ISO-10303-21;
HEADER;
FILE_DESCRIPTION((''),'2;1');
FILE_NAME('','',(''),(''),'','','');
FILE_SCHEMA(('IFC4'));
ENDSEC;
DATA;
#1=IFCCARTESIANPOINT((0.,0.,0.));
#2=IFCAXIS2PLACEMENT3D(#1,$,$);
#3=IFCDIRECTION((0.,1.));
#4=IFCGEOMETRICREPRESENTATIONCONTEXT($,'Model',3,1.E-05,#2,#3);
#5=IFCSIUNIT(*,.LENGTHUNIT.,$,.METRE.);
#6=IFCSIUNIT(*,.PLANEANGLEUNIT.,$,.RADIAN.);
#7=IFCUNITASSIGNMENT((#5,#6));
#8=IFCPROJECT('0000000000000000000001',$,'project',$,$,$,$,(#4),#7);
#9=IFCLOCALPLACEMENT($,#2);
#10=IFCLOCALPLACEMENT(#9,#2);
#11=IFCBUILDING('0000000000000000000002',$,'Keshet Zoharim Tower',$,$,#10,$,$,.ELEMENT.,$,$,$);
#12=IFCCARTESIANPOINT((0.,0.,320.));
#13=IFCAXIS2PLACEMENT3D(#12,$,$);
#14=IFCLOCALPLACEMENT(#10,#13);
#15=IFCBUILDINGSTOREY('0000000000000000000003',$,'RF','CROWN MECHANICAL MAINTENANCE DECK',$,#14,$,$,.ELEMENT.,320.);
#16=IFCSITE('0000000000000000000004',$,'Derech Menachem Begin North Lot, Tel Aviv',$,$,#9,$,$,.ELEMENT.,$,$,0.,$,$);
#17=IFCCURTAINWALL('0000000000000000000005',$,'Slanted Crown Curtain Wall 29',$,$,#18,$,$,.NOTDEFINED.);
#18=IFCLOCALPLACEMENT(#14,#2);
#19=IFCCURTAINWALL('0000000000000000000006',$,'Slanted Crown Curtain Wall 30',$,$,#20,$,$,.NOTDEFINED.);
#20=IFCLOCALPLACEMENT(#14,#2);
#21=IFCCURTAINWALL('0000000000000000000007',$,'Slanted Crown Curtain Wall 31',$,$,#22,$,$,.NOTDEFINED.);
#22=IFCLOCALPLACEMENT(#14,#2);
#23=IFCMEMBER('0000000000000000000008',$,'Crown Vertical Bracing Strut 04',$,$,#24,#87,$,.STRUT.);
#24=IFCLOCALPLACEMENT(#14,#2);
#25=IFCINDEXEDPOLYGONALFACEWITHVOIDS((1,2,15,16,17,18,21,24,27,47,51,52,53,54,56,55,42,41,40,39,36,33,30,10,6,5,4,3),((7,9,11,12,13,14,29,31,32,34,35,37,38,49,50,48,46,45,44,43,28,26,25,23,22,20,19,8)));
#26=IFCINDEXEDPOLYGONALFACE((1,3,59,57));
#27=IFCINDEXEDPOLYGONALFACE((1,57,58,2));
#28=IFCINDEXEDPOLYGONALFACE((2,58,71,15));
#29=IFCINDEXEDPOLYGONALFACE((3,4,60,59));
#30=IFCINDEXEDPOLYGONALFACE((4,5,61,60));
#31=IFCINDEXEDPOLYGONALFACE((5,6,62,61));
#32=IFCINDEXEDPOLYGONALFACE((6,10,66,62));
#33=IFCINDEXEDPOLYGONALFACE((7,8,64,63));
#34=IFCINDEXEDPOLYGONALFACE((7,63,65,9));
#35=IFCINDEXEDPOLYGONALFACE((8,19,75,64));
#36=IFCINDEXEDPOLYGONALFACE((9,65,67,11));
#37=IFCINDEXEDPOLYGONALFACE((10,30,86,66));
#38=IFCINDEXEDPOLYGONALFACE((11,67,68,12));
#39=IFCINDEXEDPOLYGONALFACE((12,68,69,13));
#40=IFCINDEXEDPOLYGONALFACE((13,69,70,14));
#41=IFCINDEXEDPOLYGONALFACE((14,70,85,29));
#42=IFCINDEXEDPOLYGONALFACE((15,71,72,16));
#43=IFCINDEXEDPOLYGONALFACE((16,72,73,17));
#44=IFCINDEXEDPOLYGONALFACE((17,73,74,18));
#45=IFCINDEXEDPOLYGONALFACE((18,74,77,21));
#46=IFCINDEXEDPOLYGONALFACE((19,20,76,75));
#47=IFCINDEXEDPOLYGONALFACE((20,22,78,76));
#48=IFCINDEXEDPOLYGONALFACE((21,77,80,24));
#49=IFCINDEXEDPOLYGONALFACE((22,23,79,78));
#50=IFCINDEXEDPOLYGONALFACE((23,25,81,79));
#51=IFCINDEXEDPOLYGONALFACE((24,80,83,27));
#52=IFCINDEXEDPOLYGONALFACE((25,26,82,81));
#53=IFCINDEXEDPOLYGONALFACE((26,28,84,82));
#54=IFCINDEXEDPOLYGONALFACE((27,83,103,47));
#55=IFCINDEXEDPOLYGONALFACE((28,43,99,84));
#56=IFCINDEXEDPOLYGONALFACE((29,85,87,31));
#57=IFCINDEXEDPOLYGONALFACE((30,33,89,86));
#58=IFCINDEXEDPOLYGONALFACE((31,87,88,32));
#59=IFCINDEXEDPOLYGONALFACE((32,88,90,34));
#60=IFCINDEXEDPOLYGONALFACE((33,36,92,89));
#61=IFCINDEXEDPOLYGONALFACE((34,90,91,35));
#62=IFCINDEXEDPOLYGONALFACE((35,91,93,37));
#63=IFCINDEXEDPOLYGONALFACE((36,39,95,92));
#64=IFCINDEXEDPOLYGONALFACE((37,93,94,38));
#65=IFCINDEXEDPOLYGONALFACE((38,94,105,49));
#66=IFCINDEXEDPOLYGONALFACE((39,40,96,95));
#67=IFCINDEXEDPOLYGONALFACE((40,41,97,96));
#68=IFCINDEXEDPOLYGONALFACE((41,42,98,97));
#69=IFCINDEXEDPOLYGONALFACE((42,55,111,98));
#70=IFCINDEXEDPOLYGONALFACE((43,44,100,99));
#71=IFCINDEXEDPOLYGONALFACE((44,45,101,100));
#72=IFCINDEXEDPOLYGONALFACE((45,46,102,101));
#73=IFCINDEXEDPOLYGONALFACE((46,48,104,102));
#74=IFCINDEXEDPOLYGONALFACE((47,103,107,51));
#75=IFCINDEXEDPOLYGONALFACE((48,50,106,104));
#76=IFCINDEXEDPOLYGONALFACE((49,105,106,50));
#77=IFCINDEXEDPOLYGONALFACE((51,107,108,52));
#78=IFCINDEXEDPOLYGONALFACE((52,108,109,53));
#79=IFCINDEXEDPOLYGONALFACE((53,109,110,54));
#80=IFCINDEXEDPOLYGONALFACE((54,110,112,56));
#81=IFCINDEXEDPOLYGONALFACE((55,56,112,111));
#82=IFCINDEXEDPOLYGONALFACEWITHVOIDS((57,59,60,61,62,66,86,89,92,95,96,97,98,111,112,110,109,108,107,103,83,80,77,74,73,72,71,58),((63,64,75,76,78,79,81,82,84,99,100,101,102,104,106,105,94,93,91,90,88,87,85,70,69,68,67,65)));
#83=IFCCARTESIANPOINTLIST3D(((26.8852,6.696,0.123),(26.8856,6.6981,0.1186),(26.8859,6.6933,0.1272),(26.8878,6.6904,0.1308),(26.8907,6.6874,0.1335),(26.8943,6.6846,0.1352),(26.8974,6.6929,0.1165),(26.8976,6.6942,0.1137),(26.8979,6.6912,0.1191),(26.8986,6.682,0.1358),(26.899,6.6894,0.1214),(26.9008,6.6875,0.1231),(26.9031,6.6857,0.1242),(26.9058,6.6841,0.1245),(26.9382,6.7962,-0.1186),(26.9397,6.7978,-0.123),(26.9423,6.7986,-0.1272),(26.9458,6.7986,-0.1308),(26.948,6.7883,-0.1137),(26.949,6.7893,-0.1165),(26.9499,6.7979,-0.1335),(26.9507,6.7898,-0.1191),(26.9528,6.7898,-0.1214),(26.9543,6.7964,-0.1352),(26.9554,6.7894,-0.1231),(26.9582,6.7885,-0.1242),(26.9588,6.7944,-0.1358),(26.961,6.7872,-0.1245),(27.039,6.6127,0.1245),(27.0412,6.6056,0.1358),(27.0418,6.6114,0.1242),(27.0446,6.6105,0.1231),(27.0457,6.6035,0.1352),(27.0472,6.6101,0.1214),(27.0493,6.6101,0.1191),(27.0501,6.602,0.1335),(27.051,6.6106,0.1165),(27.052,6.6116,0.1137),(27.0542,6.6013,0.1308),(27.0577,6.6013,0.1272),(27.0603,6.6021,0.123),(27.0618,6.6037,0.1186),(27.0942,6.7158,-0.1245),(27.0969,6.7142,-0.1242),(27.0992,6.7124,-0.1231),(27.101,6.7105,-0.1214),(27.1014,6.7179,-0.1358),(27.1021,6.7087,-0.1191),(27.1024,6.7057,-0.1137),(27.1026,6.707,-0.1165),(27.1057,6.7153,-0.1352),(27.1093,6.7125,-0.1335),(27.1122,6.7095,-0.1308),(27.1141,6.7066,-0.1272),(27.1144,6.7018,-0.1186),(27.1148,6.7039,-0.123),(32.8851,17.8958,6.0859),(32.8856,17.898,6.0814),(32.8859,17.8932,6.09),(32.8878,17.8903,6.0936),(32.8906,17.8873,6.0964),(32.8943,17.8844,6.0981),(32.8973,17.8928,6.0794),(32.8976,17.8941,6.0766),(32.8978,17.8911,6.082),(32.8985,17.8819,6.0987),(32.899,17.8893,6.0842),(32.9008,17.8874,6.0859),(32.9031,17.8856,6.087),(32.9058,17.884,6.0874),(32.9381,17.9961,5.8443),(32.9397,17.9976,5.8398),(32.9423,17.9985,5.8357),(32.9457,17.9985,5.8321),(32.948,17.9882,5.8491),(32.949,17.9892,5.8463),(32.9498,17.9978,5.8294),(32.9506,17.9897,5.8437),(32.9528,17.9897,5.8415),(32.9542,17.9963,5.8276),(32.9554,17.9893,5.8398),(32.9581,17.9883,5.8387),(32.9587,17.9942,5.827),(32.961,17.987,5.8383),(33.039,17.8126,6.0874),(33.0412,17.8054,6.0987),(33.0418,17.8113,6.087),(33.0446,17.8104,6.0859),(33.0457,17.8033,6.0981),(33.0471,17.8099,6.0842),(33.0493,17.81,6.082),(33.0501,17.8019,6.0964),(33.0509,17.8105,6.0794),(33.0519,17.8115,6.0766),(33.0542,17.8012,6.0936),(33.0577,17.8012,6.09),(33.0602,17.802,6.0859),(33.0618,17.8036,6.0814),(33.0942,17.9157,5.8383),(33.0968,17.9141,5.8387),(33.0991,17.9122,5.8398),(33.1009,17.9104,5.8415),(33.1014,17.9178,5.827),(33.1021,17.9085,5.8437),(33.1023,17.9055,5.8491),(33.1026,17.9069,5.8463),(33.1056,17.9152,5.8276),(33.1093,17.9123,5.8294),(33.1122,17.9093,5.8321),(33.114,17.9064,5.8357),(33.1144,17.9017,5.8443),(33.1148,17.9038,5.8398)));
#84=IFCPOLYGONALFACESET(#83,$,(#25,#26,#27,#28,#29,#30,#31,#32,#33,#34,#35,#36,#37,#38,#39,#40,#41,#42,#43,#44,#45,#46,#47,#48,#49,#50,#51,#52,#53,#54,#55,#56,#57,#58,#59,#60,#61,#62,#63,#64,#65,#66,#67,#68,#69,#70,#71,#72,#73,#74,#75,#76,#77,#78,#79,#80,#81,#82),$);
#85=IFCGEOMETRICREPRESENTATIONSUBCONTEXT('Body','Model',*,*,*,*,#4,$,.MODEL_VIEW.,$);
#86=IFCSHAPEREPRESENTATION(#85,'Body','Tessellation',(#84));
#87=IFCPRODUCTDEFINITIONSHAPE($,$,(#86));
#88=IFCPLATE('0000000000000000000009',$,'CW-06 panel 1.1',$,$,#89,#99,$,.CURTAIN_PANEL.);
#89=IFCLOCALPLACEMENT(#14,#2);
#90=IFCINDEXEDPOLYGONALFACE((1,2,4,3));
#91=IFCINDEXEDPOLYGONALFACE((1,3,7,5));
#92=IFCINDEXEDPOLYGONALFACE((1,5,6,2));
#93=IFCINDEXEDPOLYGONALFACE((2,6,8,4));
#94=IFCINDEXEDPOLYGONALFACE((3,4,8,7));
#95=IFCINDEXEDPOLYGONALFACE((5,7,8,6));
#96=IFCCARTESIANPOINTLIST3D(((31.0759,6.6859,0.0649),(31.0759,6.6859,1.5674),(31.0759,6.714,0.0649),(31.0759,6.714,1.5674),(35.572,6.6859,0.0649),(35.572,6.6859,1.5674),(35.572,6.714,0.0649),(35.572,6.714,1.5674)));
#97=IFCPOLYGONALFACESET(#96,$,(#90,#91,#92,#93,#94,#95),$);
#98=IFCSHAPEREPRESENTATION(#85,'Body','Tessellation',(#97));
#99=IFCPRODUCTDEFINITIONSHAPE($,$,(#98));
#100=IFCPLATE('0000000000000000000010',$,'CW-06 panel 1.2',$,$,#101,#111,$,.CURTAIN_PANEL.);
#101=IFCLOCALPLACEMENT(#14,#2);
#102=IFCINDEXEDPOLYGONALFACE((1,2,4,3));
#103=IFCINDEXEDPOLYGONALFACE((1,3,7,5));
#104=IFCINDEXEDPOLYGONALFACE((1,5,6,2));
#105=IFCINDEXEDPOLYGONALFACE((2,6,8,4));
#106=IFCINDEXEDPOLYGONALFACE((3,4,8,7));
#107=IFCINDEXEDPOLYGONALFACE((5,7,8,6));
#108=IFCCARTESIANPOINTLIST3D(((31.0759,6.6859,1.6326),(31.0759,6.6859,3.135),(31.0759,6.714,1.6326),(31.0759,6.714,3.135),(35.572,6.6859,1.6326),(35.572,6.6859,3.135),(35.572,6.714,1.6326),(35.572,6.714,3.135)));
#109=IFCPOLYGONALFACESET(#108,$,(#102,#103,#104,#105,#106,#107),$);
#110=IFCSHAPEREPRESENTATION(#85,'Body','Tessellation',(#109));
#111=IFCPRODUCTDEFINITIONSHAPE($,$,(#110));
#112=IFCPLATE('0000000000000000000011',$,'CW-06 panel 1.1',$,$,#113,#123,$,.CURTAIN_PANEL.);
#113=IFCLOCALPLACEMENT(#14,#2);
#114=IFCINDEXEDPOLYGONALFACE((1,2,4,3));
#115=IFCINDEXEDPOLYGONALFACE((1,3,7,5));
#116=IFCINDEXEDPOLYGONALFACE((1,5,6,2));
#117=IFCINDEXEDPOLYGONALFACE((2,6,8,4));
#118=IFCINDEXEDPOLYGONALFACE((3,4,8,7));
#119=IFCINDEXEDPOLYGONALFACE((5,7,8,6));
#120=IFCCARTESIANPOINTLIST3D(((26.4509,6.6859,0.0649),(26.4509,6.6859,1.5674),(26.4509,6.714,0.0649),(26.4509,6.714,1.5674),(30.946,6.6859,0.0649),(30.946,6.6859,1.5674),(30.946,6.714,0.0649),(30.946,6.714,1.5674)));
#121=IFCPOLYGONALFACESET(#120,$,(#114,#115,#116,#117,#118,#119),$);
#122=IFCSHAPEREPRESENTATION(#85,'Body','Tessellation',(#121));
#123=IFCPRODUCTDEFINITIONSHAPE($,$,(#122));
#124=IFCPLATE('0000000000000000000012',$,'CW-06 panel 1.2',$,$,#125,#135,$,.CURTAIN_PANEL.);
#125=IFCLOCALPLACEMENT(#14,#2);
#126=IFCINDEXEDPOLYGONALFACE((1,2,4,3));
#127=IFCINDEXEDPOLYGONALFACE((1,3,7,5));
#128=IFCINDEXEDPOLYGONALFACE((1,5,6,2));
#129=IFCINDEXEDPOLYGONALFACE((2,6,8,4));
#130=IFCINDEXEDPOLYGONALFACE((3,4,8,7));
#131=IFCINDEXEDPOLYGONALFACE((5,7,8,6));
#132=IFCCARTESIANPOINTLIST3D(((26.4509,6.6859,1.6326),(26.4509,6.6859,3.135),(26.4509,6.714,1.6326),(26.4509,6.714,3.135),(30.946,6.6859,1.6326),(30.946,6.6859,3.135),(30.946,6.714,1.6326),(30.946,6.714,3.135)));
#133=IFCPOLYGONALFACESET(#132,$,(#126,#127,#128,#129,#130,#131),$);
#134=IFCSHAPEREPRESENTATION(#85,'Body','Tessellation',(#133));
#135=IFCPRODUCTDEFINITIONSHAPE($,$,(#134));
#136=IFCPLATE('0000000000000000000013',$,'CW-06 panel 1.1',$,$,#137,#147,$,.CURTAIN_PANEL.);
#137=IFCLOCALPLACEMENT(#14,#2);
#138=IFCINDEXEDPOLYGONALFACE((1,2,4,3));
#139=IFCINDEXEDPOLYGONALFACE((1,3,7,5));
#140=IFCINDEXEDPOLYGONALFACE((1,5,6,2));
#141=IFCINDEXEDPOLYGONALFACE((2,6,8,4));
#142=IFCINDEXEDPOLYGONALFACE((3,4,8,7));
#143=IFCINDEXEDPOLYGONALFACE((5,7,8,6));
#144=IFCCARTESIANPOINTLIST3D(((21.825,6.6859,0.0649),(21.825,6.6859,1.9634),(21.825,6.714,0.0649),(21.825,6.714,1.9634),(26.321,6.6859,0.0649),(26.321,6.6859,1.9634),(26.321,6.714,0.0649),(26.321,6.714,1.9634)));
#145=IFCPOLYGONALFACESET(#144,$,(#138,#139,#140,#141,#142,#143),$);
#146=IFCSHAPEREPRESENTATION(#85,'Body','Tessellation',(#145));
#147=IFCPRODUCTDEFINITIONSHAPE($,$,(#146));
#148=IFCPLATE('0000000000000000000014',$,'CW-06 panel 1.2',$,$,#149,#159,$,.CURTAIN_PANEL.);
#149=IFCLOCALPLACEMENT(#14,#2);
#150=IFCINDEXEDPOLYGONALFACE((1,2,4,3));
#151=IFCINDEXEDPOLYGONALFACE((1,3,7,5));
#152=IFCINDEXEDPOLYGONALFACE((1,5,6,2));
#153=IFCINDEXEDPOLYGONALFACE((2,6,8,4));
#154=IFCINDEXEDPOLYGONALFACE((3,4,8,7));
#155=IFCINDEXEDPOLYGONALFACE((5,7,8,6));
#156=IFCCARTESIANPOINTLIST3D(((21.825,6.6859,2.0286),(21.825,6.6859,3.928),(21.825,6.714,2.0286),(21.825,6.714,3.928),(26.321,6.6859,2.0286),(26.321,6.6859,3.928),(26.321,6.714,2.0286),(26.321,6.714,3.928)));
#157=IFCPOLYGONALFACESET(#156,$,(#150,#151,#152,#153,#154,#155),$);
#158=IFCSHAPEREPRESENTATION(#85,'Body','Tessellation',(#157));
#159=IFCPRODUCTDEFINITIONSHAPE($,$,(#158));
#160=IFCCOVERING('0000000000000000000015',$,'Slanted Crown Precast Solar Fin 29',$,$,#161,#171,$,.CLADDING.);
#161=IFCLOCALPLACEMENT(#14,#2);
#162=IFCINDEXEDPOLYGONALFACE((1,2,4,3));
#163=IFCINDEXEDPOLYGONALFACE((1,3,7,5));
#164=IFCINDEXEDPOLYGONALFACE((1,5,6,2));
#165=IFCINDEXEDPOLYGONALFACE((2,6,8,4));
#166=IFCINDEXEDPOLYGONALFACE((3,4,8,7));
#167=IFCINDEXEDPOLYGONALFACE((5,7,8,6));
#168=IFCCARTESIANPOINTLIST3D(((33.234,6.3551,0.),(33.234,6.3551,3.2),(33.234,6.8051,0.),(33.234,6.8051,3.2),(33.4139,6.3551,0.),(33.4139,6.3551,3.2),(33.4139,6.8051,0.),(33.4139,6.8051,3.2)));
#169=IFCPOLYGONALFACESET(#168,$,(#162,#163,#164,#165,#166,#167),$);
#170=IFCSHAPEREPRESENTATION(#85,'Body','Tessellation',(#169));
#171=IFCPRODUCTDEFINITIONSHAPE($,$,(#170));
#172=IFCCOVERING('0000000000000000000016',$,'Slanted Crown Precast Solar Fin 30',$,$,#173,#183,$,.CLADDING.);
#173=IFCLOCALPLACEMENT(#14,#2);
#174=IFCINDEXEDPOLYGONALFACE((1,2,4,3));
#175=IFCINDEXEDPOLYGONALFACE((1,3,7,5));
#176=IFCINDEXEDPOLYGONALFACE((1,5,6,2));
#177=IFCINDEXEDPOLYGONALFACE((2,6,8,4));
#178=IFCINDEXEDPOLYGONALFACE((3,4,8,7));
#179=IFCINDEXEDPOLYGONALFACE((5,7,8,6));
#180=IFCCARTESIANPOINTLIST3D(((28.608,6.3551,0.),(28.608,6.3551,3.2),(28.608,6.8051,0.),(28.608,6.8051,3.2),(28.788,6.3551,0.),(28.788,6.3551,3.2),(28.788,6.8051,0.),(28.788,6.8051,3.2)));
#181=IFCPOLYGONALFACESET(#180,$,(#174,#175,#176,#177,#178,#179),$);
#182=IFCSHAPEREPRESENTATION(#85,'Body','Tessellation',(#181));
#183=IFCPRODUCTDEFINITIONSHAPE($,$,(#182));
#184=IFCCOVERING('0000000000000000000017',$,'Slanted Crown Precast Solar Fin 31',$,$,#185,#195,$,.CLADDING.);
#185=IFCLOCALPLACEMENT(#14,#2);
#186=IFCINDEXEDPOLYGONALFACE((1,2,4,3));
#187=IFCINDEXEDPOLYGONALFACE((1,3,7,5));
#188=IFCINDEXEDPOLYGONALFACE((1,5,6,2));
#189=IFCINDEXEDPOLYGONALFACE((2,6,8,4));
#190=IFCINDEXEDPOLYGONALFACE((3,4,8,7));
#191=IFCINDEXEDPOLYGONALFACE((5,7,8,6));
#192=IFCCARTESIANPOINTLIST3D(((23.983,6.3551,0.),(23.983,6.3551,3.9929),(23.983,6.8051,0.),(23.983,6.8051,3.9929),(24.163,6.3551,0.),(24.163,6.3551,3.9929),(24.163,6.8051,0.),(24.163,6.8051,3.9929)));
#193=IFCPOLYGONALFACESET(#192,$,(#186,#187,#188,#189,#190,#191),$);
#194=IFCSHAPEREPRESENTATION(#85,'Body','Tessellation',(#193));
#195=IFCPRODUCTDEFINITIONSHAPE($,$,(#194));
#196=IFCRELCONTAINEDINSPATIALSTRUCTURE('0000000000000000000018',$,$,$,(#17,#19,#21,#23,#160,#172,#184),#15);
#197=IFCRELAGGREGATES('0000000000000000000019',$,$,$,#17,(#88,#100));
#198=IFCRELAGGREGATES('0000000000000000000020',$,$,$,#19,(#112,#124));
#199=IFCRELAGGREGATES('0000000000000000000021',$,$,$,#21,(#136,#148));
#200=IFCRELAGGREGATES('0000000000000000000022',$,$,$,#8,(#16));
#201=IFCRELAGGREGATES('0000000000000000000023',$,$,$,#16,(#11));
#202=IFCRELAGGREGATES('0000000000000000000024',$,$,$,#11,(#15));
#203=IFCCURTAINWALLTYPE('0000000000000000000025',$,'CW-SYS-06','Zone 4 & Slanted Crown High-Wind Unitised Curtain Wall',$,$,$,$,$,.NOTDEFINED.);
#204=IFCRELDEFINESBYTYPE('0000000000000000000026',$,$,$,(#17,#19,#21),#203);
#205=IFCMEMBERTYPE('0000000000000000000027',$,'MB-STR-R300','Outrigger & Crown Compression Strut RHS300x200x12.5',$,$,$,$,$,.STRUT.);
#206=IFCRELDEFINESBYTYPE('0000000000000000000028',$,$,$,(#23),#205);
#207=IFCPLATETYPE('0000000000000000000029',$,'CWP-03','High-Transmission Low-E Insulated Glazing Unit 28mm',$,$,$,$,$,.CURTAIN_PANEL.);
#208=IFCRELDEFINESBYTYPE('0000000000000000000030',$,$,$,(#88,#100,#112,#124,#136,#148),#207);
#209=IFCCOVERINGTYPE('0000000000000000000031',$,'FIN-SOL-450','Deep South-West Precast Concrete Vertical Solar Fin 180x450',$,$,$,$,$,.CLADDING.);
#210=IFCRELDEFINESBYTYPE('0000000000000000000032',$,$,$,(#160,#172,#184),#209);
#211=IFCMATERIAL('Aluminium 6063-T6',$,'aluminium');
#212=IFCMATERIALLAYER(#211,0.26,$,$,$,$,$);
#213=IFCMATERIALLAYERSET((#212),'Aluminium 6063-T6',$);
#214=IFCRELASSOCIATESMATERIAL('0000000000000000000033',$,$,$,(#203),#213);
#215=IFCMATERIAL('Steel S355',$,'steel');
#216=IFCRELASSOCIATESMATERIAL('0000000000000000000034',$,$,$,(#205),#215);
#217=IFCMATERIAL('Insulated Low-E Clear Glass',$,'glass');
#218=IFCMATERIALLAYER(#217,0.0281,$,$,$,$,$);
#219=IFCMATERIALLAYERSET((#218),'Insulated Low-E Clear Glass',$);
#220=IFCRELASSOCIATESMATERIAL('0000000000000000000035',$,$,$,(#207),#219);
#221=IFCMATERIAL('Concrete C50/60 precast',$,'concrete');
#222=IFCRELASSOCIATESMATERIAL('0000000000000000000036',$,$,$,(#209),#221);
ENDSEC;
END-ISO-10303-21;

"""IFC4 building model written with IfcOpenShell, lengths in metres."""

from ifc_helpers import new_model, si_unit, direction, frame, origin, origin_2d, place, context, subcontext, project, spatial, rectangle, hollow_rectangle, extrude, material, layer, layer_set, material_profile, profile_set, type_object, element, aggregate, save


model = new_model("IFC4")

# Units and contexts
model_context = context("Model", 3, precision=1e-05, world=origin(), true_north=direction((0.0, 1.0)))
body_context = subcontext(model_context, "Body", "Model", "MODEL_VIEW")
ifc_project = project(units=[si_unit("LENGTHUNIT", "METRE"), si_unit("PLANEANGLEUNIT", "RADIAN")], contexts=[model_context])

# Site, building, storey
site_placement = place(None, origin())
site = spatial("IfcSite", under=ifc_project, at=site_placement, Name="Derech Menachem Begin North Lot, Tel Aviv", CompositionType="ELEMENT", RefElevation=0.0)
building_placement = place(site_placement, origin())
building = spatial("IfcBuilding", under=site, at=building_placement, Name="Keshet Zoharim Tower", CompositionType="ELEMENT")
storey_placement = place(building_placement, frame((0.0, 0.0, 320.0)))
storey = spatial("IfcBuildingStorey", under=building, at=storey_placement, Name="RF", Description="CROWN MECHANICAL MAINTENANCE DECK", CompositionType="ELEMENT", Elevation=320.0)

# Shared definitions
ifc_material_1 = material(Name="Steel S355", Category="steel")

# Curtain walls
ifc_material_2 = material(Name="Aluminium 6063-T6", Category="aluminium")
ifc_layer_1 = layer(ifc_material_2, 0.26)
ifc_layer_set_1 = layer_set([ifc_layer_1], Name="Aluminium 6063-T6")
curtain_wall_type = type_object("IfcCurtainWallType", Name="CW-SYS-06", Description="Zone 4 & Slanted Crown High-Wind Unitised Curtain Wall", PredefinedType="NOTDEFINED", material=ifc_layer_set_1)
curtain_wall_1_placement = place(storey_placement, origin())
curtain_wall_1 = element("IfcCurtainWall", 1, at=curtain_wall_1_placement, inside=storey, type_object=curtain_wall_type, Name="Slanted Crown Curtain Wall 29", PredefinedType="NOTDEFINED")
curtain_wall_2_placement = place(storey_placement, origin())
curtain_wall_2 = element("IfcCurtainWall", 2, at=curtain_wall_2_placement, inside=storey, type_object=curtain_wall_type, Name="Slanted Crown Curtain Wall 30", PredefinedType="NOTDEFINED")

# Curtain wall
curtain_wall_3_placement = place(storey_placement, origin())
curtain_wall_3 = element("IfcCurtainWall", 3, at=curtain_wall_3_placement, inside=storey, type_object=curtain_wall_type, Name="Slanted Crown Curtain Wall 31", PredefinedType="NOTDEFINED")

# Member
ifc_material_profile_1 = material_profile(ifc_material_1, hollow_rectangle(XDim=0.2, YDim=0.3, WallThickness=0.0125, InnerFilletRadius=0.012, OuterFilletRadius=0.019, at=origin_2d()), Name="RHS300x200x12.5")
ifc_profile_set_1 = profile_set([ifc_material_profile_1], Name="Steel S355")
member_type_1 = type_object("IfcMemberType", Name="MB-STR-R300", Description="Outrigger & Crown Compression Strut RHS300x200x12.5", PredefinedType="STRUT", material=ifc_profile_set_1)
member_1_placement = place(storey_placement, frame((27.0, 6.7, 0.0), z_axis=(0.427488, 0.797974, 0.424844), x_axis=(-0.881479, 0.472223, 0.0)))
element("IfcMember", 4, at=member_1_placement, inside=storey, type_object=member_type_1, Name="Crown Vertical Bracing Strut 04", PredefinedType="STRUT", context=body_context, shape_type="SweptSolid", body=[
    extrude(hollow_rectangle(XDim=0.2, YDim=0.3, WallThickness=0.0125, InnerFilletRadius=0.012, OuterFilletRadius=0.019, at=origin_2d()), origin(), (0.0, 0.0, 1.0), 14.0354),
])

# Plates
ifc_material_3 = material(Name="Insulated Low-E Clear Glass", Category="glass")
ifc_layer_2 = layer(ifc_material_3, 0.0281)
ifc_layer_set_2 = layer_set([ifc_layer_2], Name="Insulated Low-E Clear Glass")
plate_type = type_object("IfcPlateType", Name="CWP-03", Description="High-Transmission Low-E Insulated Glazing Unit 28mm", PredefinedType="CURTAIN_PANEL", material=ifc_layer_set_2)
plate_1_placement = place(storey_placement, frame((33.324, 6.7, 0.0649), z_axis=(0.0, 0.0, 1.0), x_axis=(-1.0, 0.0, 0.0)))
plate_1 = element("IfcPlate", 5, at=plate_1_placement, type_object=plate_type, Name="CW-06 panel 1.1", PredefinedType="CURTAIN_PANEL", context=body_context, shape_type="SweptSolid", body=[
    extrude(rectangle(XDim=4.4961, YDim=0.0281, at=origin_2d()), origin(), (0.0, 0.0, 1.0), 1.5024),
])
plate_2_placement = place(storey_placement, frame((33.324, 6.7, 1.6326), z_axis=(0.0, 0.0, 1.0), x_axis=(-1.0, 0.0, 0.0)))
plate_2 = element("IfcPlate", 6, at=plate_2_placement, type_object=plate_type, Name="CW-06 panel 1.2", PredefinedType="CURTAIN_PANEL", context=body_context, shape_type="SweptSolid", body=[
    extrude(rectangle(XDim=4.4961, YDim=0.0281, at=origin_2d()), origin(), (0.0, 0.0, 1.0), 1.5024),
])
aggregate(curtain_wall_1, [plate_1, plate_2])
plate_3_placement = place(storey_placement, frame((28.6985, 6.7, 0.0649), z_axis=(0.0, 0.0, 1.0), x_axis=(-1.0, 0.0, 0.0)))
plate_3 = element("IfcPlate", 7, at=plate_3_placement, type_object=plate_type, Name="CW-06 panel 1.1", PredefinedType="CURTAIN_PANEL", context=body_context, shape_type="SweptSolid", body=[
    extrude(rectangle(XDim=4.4951, YDim=0.0281, at=origin_2d()), origin(), (0.0, 0.0, 1.0), 1.5024),
])
plate_4_placement = place(storey_placement, frame((28.6985, 6.7, 1.6326), z_axis=(0.0, 0.0, 1.0), x_axis=(-1.0, 0.0, 0.0)))
plate_4 = element("IfcPlate", 8, at=plate_4_placement, type_object=plate_type, Name="CW-06 panel 1.2", PredefinedType="CURTAIN_PANEL", context=body_context, shape_type="SweptSolid", body=[
    extrude(rectangle(XDim=4.4951, YDim=0.0281, at=origin_2d()), origin(), (0.0, 0.0, 1.0), 1.5024),
])
aggregate(curtain_wall_2, [plate_3, plate_4])
plate_5_placement = place(storey_placement, frame((24.073, 6.7, 0.0649), z_axis=(0.0, 0.0, 1.0), x_axis=(-1.0, 0.0, 0.0)))
plate_5 = element("IfcPlate", 9, at=plate_5_placement, type_object=plate_type, Name="CW-06 panel 1.1", PredefinedType="CURTAIN_PANEL", context=body_context, shape_type="SweptSolid", body=[
    extrude(rectangle(XDim=4.4961, YDim=0.0281, at=origin_2d()), origin(), (0.0, 0.0, 1.0), 1.8984),
])
plate_6_placement = place(storey_placement, frame((24.073, 6.7, 2.0286), z_axis=(0.0, 0.0, 1.0), x_axis=(-1.0, 0.0, 0.0)))
plate_6 = element("IfcPlate", 10, at=plate_6_placement, type_object=plate_type, Name="CW-06 panel 1.2", PredefinedType="CURTAIN_PANEL", context=body_context, shape_type="SweptSolid", body=[
    extrude(rectangle(XDim=4.4961, YDim=0.0281, at=origin_2d()), origin(), (0.0, 0.0, 1.0), 1.8994),
])
aggregate(curtain_wall_3, [plate_5, plate_6])

# Coverings
ifc_material_4 = material(Name="Concrete C50/60 precast", Category="concrete")
covering_type = type_object("IfcCoveringType", Name="FIN-SOL-450", Description="Deep South-West Precast Concrete Vertical Solar Fin 180x450", PredefinedType="CLADDING", material=ifc_material_4)
for number, where, z_axis, x_axis, name in (
    (11, (33.324, 6.5801, 0.0), (0.0, 0.0, 1.0), (-1.0, 0.0, 0.0), "Slanted Crown Precast Solar Fin 29"),
    (12, (28.698, 6.5801, 0.0), (0.0, 0.0, 1.0), (-1.0, 0.0, 0.0), "Slanted Crown Precast Solar Fin 30"),
):
    element("IfcCovering", number, at=place(storey_placement, frame(where, z_axis=z_axis, x_axis=x_axis)), inside=storey, type_object=covering_type, Name=name, PredefinedType="CLADDING", context=body_context, shape_type="SweptSolid", body=[
        extrude(rectangle(XDim=0.1799, YDim=0.45, at=origin_2d()), origin(), (0.0, 0.0, 1.0), 3.2),
    ])
covering_placement = place(storey_placement, frame((24.073, 6.5801, 0.0), z_axis=(0.0, 0.0, 1.0), x_axis=(-1.0, 0.0, 0.0)))
element("IfcCovering", 13, at=covering_placement, inside=storey, type_object=covering_type, Name="Slanted Crown Precast Solar Fin 31", PredefinedType="CLADDING", context=body_context, shape_type="SweptSolid", body=[
    extrude(rectangle(XDim=0.1799, YDim=0.45, at=origin_2d()), origin(), (0.0, 0.0, 1.0), 3.9929),
])

save(model, "model.ifc")
